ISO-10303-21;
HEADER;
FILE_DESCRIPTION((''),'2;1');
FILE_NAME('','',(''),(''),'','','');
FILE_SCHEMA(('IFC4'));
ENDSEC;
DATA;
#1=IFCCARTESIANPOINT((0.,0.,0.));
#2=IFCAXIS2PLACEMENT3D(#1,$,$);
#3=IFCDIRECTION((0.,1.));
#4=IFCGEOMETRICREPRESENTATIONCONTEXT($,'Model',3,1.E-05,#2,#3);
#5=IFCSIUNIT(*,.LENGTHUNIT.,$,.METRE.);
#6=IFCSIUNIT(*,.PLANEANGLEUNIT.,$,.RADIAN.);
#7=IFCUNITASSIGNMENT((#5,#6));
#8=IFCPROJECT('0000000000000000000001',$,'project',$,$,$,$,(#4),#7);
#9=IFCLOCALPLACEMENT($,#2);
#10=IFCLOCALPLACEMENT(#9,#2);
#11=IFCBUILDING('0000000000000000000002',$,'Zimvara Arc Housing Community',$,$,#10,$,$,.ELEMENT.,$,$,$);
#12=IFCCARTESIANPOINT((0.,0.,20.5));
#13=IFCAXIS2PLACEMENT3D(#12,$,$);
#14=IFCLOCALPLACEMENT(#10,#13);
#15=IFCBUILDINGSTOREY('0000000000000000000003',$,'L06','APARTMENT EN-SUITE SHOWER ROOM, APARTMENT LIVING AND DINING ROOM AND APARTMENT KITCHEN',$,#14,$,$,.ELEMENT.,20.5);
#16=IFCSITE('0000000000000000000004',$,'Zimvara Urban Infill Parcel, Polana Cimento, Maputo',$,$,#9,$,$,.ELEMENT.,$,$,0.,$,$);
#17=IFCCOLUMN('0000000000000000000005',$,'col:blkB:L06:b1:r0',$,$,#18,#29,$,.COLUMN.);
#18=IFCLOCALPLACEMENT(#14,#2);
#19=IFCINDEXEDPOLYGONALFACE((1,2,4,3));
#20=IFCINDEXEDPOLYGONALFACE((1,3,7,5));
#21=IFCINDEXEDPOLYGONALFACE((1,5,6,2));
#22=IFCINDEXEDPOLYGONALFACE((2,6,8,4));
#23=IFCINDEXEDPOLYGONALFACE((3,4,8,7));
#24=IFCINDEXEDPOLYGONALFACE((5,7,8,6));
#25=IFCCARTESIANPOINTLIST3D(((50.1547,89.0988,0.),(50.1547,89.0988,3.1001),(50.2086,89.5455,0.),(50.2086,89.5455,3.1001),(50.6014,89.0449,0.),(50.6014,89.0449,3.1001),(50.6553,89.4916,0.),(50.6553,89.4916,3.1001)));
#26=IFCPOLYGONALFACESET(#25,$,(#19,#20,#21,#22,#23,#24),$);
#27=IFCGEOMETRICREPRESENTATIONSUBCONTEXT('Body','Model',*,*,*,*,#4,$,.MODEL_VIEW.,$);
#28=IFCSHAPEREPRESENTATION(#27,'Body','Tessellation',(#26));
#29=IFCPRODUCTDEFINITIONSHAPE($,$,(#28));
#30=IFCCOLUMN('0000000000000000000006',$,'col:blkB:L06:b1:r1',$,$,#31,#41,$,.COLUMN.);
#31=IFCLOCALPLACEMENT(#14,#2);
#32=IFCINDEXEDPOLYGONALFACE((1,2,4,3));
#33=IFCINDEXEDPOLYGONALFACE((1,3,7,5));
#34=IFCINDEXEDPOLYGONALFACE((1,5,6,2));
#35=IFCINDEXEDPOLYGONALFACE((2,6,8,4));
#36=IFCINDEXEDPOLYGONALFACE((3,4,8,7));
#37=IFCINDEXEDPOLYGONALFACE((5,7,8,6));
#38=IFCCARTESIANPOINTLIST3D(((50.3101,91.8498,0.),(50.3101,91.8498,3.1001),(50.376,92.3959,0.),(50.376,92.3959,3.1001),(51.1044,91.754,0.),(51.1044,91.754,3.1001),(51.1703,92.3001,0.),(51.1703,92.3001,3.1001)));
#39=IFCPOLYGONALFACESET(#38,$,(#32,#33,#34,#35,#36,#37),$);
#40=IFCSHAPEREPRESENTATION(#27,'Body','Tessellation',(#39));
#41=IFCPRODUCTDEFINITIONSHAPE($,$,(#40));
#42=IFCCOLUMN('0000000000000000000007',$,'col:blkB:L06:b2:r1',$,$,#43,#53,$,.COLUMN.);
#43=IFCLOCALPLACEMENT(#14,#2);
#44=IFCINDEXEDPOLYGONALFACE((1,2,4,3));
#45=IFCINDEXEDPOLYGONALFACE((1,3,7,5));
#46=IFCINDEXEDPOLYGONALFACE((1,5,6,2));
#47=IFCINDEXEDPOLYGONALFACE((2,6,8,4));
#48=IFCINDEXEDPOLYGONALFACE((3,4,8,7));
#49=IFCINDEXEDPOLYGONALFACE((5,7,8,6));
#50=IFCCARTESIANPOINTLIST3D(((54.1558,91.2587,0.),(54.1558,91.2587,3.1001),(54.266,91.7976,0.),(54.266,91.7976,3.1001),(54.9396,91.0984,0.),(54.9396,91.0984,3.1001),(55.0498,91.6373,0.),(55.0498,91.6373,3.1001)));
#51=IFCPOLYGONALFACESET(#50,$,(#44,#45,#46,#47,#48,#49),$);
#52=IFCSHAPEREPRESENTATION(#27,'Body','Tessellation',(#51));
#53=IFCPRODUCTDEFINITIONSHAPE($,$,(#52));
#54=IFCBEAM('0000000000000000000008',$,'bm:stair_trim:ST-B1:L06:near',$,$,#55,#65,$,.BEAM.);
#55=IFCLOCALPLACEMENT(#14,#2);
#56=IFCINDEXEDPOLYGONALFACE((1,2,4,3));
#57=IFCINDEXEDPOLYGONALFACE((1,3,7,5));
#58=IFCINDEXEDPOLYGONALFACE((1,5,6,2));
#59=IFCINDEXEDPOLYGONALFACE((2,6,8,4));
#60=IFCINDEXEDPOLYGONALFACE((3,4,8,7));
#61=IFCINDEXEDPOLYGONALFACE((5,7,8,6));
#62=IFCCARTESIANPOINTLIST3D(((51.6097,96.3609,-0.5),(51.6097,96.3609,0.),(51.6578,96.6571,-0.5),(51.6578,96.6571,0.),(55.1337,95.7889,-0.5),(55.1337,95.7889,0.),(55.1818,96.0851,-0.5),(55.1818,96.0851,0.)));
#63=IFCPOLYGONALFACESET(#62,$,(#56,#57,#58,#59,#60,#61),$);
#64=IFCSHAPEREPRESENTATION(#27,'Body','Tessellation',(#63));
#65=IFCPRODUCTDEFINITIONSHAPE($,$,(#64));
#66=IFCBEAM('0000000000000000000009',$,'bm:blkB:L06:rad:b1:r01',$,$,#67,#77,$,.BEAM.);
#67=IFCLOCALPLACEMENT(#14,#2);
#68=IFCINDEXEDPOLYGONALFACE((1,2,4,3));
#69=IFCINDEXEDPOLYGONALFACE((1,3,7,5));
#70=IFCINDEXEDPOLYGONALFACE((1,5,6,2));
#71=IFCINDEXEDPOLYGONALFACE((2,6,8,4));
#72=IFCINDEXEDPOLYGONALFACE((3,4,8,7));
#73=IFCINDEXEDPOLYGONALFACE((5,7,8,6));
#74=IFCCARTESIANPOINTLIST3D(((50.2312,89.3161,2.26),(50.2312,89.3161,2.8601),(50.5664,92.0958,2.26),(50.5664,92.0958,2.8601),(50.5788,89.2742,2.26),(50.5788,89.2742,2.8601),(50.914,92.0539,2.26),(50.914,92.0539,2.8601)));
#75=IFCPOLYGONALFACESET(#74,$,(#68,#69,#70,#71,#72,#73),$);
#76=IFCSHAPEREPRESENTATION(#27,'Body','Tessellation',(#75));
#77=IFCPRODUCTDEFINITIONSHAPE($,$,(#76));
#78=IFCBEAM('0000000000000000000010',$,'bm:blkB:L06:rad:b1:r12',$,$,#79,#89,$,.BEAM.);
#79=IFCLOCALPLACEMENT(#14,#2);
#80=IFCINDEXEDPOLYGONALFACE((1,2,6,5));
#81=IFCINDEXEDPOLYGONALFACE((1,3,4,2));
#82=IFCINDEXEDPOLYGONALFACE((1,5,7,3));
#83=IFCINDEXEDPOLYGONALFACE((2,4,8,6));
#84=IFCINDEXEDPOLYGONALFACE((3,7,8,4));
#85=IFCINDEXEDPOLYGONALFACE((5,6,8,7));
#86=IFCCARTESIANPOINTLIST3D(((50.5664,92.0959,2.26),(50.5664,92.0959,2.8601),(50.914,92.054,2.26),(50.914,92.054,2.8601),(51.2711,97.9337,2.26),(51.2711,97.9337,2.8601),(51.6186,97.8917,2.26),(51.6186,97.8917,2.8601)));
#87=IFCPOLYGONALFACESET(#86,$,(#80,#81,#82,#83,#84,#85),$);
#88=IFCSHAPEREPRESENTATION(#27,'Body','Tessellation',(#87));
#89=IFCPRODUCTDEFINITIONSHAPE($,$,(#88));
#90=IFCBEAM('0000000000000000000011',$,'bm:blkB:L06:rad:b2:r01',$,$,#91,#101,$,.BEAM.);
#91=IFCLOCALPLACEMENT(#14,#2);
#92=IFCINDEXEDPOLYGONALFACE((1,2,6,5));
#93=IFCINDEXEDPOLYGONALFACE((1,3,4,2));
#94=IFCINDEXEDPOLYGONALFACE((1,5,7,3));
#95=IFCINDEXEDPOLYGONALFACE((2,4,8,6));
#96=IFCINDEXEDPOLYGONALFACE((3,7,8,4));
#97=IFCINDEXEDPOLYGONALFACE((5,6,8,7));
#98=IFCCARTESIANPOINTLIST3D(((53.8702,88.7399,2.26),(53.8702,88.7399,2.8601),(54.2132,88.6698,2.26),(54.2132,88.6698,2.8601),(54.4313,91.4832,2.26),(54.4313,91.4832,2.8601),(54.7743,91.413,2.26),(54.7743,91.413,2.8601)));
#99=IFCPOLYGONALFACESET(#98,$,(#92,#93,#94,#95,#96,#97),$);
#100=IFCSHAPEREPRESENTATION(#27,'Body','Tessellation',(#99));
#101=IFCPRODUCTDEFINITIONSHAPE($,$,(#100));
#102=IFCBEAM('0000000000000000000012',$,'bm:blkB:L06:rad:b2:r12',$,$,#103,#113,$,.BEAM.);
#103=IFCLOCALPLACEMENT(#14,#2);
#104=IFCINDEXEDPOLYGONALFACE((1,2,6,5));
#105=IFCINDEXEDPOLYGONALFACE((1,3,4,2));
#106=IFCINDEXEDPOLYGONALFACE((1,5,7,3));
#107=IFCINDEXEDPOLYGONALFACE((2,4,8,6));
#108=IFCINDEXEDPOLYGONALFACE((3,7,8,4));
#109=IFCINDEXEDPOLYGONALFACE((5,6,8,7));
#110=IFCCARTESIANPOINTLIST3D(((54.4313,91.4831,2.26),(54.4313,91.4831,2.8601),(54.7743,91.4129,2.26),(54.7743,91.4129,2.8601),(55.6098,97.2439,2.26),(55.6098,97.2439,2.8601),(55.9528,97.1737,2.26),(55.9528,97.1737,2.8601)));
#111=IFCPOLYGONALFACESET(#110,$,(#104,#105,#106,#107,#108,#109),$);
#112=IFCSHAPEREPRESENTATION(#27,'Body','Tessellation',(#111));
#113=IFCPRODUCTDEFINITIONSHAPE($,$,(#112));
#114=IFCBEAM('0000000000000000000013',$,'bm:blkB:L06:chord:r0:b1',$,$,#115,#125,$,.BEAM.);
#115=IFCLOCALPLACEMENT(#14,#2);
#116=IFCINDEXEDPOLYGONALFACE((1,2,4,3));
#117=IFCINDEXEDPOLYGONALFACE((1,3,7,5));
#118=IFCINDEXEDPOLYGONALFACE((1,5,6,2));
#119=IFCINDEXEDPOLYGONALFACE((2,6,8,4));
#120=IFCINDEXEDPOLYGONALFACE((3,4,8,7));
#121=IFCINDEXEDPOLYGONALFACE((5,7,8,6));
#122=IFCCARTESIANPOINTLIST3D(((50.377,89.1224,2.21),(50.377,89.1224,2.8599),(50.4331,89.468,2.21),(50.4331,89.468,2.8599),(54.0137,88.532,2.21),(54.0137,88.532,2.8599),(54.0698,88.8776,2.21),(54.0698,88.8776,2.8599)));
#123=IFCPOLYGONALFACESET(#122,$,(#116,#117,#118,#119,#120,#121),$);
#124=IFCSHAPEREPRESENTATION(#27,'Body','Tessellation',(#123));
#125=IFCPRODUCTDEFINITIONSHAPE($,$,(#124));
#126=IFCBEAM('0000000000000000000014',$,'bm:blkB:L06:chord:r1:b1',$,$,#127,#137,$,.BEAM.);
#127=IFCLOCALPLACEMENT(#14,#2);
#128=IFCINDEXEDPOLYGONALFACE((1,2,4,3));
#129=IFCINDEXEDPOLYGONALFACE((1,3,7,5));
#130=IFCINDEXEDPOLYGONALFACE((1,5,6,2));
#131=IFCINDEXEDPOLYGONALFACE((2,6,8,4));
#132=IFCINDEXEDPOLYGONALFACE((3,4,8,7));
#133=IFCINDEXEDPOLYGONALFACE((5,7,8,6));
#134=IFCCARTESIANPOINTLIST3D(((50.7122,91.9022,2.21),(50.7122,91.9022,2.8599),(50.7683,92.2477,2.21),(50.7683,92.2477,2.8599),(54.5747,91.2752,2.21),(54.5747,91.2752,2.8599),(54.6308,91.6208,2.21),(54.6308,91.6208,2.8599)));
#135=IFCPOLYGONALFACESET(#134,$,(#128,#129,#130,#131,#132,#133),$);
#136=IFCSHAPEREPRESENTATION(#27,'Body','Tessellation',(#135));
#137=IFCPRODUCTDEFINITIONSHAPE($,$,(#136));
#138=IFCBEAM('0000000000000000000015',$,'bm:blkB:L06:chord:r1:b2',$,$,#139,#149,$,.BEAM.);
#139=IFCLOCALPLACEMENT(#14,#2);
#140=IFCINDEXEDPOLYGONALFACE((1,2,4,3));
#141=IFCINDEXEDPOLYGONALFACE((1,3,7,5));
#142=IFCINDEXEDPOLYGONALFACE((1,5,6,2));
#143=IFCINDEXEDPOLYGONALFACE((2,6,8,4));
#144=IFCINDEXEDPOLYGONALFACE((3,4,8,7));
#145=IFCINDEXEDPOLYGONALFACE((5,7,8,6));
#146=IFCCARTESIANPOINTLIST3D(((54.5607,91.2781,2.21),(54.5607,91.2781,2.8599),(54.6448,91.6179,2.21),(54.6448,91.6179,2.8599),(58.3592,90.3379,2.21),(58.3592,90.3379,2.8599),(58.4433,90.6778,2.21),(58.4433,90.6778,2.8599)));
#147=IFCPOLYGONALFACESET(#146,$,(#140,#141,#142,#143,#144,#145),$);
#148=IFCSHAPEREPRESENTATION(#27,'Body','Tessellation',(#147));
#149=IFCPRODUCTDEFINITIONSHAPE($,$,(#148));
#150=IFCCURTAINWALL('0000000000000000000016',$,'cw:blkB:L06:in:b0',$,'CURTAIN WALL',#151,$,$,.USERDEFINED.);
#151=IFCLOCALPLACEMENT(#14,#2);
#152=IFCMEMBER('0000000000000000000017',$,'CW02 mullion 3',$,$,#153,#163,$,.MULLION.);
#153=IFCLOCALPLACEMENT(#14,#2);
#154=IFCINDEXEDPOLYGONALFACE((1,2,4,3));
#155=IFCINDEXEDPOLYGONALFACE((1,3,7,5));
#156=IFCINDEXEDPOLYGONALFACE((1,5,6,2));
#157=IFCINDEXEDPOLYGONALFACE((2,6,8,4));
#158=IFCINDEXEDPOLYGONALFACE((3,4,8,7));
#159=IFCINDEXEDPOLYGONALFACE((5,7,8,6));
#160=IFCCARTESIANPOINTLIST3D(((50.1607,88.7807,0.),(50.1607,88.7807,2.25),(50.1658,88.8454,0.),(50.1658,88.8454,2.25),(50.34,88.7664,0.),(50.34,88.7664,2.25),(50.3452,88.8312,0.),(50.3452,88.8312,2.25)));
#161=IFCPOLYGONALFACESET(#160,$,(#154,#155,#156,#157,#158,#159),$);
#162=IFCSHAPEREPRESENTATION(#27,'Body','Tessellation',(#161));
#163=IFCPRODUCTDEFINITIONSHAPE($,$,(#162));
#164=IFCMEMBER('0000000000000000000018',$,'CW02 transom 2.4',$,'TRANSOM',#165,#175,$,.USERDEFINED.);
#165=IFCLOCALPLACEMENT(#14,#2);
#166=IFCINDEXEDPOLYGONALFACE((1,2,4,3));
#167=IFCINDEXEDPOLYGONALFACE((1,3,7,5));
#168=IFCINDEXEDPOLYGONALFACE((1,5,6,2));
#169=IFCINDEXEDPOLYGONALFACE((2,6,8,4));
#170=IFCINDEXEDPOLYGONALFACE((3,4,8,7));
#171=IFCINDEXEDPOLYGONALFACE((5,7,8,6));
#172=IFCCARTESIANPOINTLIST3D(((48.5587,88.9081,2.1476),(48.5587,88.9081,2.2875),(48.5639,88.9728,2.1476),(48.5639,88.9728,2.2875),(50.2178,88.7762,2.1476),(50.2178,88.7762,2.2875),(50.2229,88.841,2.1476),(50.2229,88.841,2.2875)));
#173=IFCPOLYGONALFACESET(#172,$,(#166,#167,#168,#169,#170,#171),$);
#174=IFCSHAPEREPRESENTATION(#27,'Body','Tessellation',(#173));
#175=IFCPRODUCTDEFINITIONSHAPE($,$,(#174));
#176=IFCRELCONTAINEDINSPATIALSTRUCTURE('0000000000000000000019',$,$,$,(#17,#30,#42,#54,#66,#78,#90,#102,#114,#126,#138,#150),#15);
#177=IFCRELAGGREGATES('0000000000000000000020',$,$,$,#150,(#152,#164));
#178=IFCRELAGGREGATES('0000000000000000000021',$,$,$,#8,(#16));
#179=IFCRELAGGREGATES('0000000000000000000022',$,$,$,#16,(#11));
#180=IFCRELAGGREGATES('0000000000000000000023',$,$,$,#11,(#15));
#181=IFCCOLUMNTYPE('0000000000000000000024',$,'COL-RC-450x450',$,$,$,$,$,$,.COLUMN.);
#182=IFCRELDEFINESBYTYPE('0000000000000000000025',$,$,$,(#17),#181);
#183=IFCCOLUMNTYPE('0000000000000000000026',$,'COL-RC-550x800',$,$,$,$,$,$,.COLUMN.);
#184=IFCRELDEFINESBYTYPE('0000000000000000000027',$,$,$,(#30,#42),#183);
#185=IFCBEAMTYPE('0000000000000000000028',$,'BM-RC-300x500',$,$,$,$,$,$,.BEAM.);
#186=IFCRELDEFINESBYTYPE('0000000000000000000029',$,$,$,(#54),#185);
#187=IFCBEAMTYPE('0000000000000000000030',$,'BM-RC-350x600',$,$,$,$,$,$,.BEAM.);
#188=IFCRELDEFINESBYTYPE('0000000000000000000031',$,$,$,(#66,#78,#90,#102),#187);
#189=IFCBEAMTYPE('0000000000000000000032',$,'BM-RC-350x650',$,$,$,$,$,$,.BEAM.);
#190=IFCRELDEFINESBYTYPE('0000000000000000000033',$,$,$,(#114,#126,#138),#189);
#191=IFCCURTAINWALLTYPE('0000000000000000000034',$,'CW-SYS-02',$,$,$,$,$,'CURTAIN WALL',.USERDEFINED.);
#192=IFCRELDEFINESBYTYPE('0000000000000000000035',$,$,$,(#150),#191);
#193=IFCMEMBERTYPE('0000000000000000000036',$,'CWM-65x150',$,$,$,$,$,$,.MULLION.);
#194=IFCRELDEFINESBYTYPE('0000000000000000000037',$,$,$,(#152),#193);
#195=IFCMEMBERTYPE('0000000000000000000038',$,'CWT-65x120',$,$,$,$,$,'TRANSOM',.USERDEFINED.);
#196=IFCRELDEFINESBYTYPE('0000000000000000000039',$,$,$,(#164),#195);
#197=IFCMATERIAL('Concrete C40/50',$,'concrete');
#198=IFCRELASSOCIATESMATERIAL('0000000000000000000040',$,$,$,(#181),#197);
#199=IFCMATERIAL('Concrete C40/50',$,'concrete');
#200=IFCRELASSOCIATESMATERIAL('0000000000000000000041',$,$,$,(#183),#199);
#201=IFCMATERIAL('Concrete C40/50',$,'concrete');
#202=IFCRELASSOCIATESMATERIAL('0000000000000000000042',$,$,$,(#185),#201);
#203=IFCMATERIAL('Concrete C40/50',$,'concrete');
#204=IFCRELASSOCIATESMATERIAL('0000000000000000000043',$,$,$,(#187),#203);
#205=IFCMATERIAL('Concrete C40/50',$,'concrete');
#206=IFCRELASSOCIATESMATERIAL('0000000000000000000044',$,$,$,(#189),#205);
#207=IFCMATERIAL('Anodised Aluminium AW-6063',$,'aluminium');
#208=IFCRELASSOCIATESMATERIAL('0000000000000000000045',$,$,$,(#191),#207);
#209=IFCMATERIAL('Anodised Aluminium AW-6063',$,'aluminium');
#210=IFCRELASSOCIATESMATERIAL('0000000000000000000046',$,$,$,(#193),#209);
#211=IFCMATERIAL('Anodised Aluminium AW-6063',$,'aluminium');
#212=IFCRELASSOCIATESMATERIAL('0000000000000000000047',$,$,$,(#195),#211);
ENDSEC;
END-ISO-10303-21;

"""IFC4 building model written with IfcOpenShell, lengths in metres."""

from ifc_helpers import new_model, si_unit, direction, frame, origin, origin_2d, place, context, subcontext, project, spatial, rectangle, extrude, material, material_profile, profile_set, type_object, element, aggregate, save


model = new_model("IFC4")

# Units and contexts
model_context = context("Model", 3, precision=1e-05, world=origin(), true_north=direction((0.0, 1.0)))
body_context = subcontext(model_context, "Body", "Model", "MODEL_VIEW")
ifc_project = project(units=[si_unit("LENGTHUNIT", "METRE"), si_unit("PLANEANGLEUNIT", "RADIAN")], contexts=[model_context])

# Site, building, storey
site_placement = place(None, origin())
site = spatial("IfcSite", under=ifc_project, at=site_placement, Name="Zimvara Urban Infill Parcel, Polana Cimento, Maputo", CompositionType="ELEMENT", RefElevation=0.0)
building_placement = place(site_placement, origin())
building = spatial("IfcBuilding", under=site, at=building_placement, Name="Zimvara Arc Housing Community", CompositionType="ELEMENT")
storey_placement = place(building_placement, frame((0.0, 0.0, 20.5)))
storey = spatial("IfcBuildingStorey", under=building, at=storey_placement, Name="L06", Description="APARTMENT EN-SUITE SHOWER ROOM, APARTMENT LIVING AND DINING ROOM AND APARTMENT KITCHEN", CompositionType="ELEMENT", Elevation=20.5)

# Columns
ifc_material_1 = material(Name="Concrete C40/50", Category="concrete")
ifc_material_profile_1 = material_profile(ifc_material_1, rectangle(XDim=0.45, YDim=0.45, at=origin_2d()), Name="RC 450x450")
ifc_profile_set_1 = profile_set([ifc_material_profile_1], Name="Concrete C40/50")
column_type_1 = type_object("IfcColumnType", Name="COL-RC-450x450", PredefinedType="COLUMN", material=ifc_profile_set_1)
column_placement = place(storey_placement, frame((50.405, 89.2952, 0.0), z_axis=(0.0, 0.0, 1.0), x_axis=(0.11979, 0.992799, 0.0)))
element("IfcColumn", 1, at=column_placement, inside=storey, type_object=column_type_1, Name="col:blkB:L06:b1:r0", PredefinedType="COLUMN", context=body_context, shape_type="SweptSolid", body=[
    extrude(rectangle(XDim=0.45, YDim=0.45, at=origin_2d()), origin(), (0.0, 0.0, 1.0), 3.1001),
])
ifc_material_2 = material(Name="Concrete C40/50", Category="concrete")
ifc_material_profile_2 = material_profile(ifc_material_2, rectangle(XDim=0.55, YDim=0.8, at=origin_2d()), Name="RC 550x800")
ifc_profile_set_2 = profile_set([ifc_material_profile_2], Name="Concrete C40/50")
column_type_2 = type_object("IfcColumnType", Name="COL-RC-550x800", PredefinedType="COLUMN", material=ifc_profile_set_2)
for number, where, z_axis, x_axis, name in (
    (2, (50.7402, 92.075, 0.0), (0.0, 0.0, 1.0), (0.11979, 0.992799, 0.0), "col:blkB:L06:b1:r1"),
    (3, (54.6028, 91.448, 0.0), (0.0, 0.0, 1.0), (0.200394, 0.979715, 0.0), "col:blkB:L06:b2:r1"),
):
    element("IfcColumn", number, at=place(storey_placement, frame(where, z_axis=z_axis, x_axis=x_axis)), inside=storey, type_object=column_type_2, Name=name, PredefinedType="COLUMN", context=body_context, shape_type="SweptSolid", body=[
        extrude(rectangle(XDim=0.55, YDim=0.8, at=origin_2d()), origin(), (0.0, 0.0, 1.0), 3.1001),
    ])

# Beams
ifc_material_3 = material(Name="Concrete C40/50", Category="concrete")
ifc_material_profile_3 = material_profile(ifc_material_3, rectangle(XDim=0.3, YDim=0.5, at=origin_2d()), Name="RC 300x500")
ifc_profile_set_3 = profile_set([ifc_material_profile_3], Name="Concrete C40/50")
beam_type_1 = type_object("IfcBeamType", Name="BM-RC-300x500", PredefinedType="BEAM", material=ifc_profile_set_3)
beam_1_placement = place(storey_placement, frame((55.1577, 95.937, -0.25), z_axis=(-0.98708, 0.160228, 0.0), x_axis=(-0.160228, -0.98708, 0.0)))
element("IfcBeam", 4, at=beam_1_placement, inside=storey, type_object=beam_type_1, Name="bm:stair_trim:ST-B1:L06:near", PredefinedType="BEAM", context=body_context, shape_type="SweptSolid", body=[
    extrude(rectangle(XDim=0.3, YDim=0.5, at=origin_2d()), origin(), (0.0, 0.0, 1.0), 3.5701),
])
ifc_material_4 = material(Name="Concrete C40/50", Category="concrete")
ifc_material_profile_4 = material_profile(ifc_material_4, rectangle(XDim=0.3501, YDim=0.6001, at=origin_2d()), Name="RC 350x600")
ifc_profile_set_4 = profile_set([ifc_material_profile_4], Name="Concrete C40/50")
beam_type_2 = type_object("IfcBeamType", Name="BM-RC-350x600", PredefinedType="BEAM", material=ifc_profile_set_4)
beam_2_placement = place(storey_placement, frame((50.405, 89.2952, 2.5601), z_axis=(0.119719, 0.992808, 0.0), x_axis=(-0.992808, 0.119719, 0.0)))
element("IfcBeam", 5, at=beam_2_placement, inside=storey, type_object=beam_type_2, Name="bm:blkB:L06:rad:b1:r01", PredefinedType="BEAM", context=body_context, shape_type="SweptSolid", body=[
    extrude(rectangle(XDim=0.3501, YDim=0.6001, at=origin_2d()), origin(), (0.0, 0.0, 1.0), 2.7998),
])
beam_3_placement = place(storey_placement, frame((50.7402, 92.075, 2.5601), z_axis=(0.119828, 0.992795, 0.0), x_axis=(-0.992795, 0.119828, 0.0)))
element("IfcBeam", 6, at=beam_3_placement, inside=storey, type_object=beam_type_2, Name="bm:blkB:L06:rad:b1:r12", PredefinedType="BEAM", context=body_context, shape_type="SweptSolid", body=[
    extrude(rectangle(XDim=0.3501, YDim=0.6001, at=origin_2d()), origin(), (0.0, 0.0, 1.0), 5.8801),
])
beam_4_placement = place(storey_placement, frame((54.0417, 88.7048, 2.5601), z_axis=(0.200373, 0.97972, 0.0), x_axis=(-0.97972, 0.200373, 0.0)))
element("IfcBeam", 7, at=beam_4_placement, inside=storey, type_object=beam_type_2, Name="bm:blkB:L06:rad:b2:r01", PredefinedType="BEAM", context=body_context, shape_type="SweptSolid", body=[
    extrude(rectangle(XDim=0.3501, YDim=0.6001, at=origin_2d()), origin(), (0.0, 0.0, 1.0), 2.8),
])
beam_5_placement = place(storey_placement, frame((54.6028, 91.448, 2.5601), z_axis=(0.200418, 0.97971, 0.0), x_axis=(-0.97971, 0.200418, 0.0)))
element("IfcBeam", 8, at=beam_5_placement, inside=storey, type_object=beam_type_2, Name="bm:blkB:L06:rad:b2:r12", PredefinedType="BEAM", context=body_context, shape_type="SweptSolid", body=[
    extrude(rectangle(XDim=0.3501, YDim=0.6001, at=origin_2d()), origin(), (0.0, 0.0, 1.0), 5.8801),
])
ifc_material_5 = material(Name="Concrete C40/50", Category="concrete")
ifc_material_profile_5 = material_profile(ifc_material_5, rectangle(XDim=0.3501, YDim=0.6499, at=origin_2d()), Name="RC 350x650")
ifc_profile_set_5 = profile_set([ifc_material_profile_5], Name="Concrete C40/50")
beam_type_3 = type_object("IfcBeamType", Name="BM-RC-350x650", PredefinedType="BEAM", material=ifc_profile_set_5)
beam_6_placement = place(storey_placement, frame((50.405, 89.2952, 2.5349), z_axis=(0.98708, -0.160228, 0.0), x_axis=(0.160228, 0.98708, 0.0)))
element("IfcBeam", 9, at=beam_6_placement, inside=storey, type_object=beam_type_3, Name="bm:blkB:L06:chord:r0:b1", PredefinedType="BEAM", context=body_context, shape_type="SweptSolid", body=[
    extrude(rectangle(XDim=0.3501, YDim=0.6499, at=origin_2d()), origin(), (0.0, 0.0, 1.0), 3.6843),
])
for number, where, z_axis, x_axis, name in (
    (10, (50.7402, 92.075, 2.5349), (0.987081, -0.160219, 0.0), (0.160219, 0.987081, 0.0), "bm:blkB:L06:chord:r1:b1"),
    (11, (54.6028, 91.448, 2.5349), (0.970709, -0.24026, 0.0), (0.24026, 0.970709, 0.0), "bm:blkB:L06:chord:r1:b2"),
):
    element("IfcBeam", number, at=place(storey_placement, frame(where, z_axis=z_axis, x_axis=x_axis)), inside=storey, type_object=beam_type_3, Name=name, PredefinedType="BEAM", context=body_context, shape_type="SweptSolid", body=[
        extrude(rectangle(XDim=0.3501, YDim=0.6499, at=origin_2d()), origin(), (0.0, 0.0, 1.0), 3.9131),
    ])

# Curtain wall, members
ifc_material_6 = material(Name="Anodised Aluminium AW-6063", Category="aluminium")
curtain_wall_type = type_object("IfcCurtainWallType", Name="CW-SYS-02", ElementType="CURTAIN WALL", PredefinedType="USERDEFINED", material=ifc_material_6)
curtain_wall_placement = place(storey_placement, origin())
curtain_wall = element("IfcCurtainWall", 12, at=curtain_wall_placement, inside=storey, type_object=curtain_wall_type, Name="cw:blkB:L06:in:b0", ObjectType="CURTAIN WALL", PredefinedType="USERDEFINED")
ifc_material_7 = material(Name="Anodised Aluminium AW-6063", Category="aluminium")
ifc_material_profile_6 = material_profile(ifc_material_7, rectangle(XDim=0.0649, YDim=0.1799, at=origin_2d()), Name="ALU 65x180")
ifc_profile_set_6 = profile_set([ifc_material_profile_6], Name="Anodised Aluminium AW-6063")
member_type_1 = type_object("IfcMemberType", Name="CWM-65x150", PredefinedType="MULLION", material=ifc_profile_set_6)
member_1_placement = place(storey_placement, frame((50.2529, 88.8059, 0.0), z_axis=(0.0, 0.0, 1.0), x_axis=(0.079155, 0.996862, 0.0)))
member_1 = element("IfcMember", 13, at=member_1_placement, type_object=member_type_1, Name="CW02 mullion 3", PredefinedType="MULLION", context=body_context, shape_type="SweptSolid", body=[
    extrude(rectangle(XDim=0.0649, YDim=0.1799, at=origin_2d()), origin(), (0.0, 0.0, 1.0), 2.25),
])
ifc_material_8 = material(Name="Anodised Aluminium AW-6063", Category="aluminium")
ifc_material_profile_7 = material_profile(ifc_material_8, rectangle(XDim=0.0649, YDim=0.1399, at=origin_2d()), Name="ALU 65x140")
ifc_profile_set_7 = profile_set([ifc_material_profile_7], Name="Anodised Aluminium AW-6063")
member_type_2 = type_object("IfcMemberType", Name="CWT-65x120", ElementType="TRANSOM", PredefinedType="USERDEFINED", material=ifc_profile_set_7)
member_2_placement = place(storey_placement, frame((48.5613, 88.9404, 2.2175), z_axis=(0.996858, -0.079209, 0.0), x_axis=(0.079209, 0.996858, 0.0)))
member_2 = element("IfcMember", 14, at=member_2_placement, type_object=member_type_2, Name="CW02 transom 2.4", ObjectType="TRANSOM", PredefinedType="USERDEFINED", context=body_context, shape_type="SweptSolid", body=[
    extrude(rectangle(XDim=0.0649, YDim=0.1399, at=origin_2d()), origin(), (0.0, 0.0, 1.0), 1.6643),
])
aggregate(curtain_wall, [member_1, member_2])

save(model, "model.ifc")
